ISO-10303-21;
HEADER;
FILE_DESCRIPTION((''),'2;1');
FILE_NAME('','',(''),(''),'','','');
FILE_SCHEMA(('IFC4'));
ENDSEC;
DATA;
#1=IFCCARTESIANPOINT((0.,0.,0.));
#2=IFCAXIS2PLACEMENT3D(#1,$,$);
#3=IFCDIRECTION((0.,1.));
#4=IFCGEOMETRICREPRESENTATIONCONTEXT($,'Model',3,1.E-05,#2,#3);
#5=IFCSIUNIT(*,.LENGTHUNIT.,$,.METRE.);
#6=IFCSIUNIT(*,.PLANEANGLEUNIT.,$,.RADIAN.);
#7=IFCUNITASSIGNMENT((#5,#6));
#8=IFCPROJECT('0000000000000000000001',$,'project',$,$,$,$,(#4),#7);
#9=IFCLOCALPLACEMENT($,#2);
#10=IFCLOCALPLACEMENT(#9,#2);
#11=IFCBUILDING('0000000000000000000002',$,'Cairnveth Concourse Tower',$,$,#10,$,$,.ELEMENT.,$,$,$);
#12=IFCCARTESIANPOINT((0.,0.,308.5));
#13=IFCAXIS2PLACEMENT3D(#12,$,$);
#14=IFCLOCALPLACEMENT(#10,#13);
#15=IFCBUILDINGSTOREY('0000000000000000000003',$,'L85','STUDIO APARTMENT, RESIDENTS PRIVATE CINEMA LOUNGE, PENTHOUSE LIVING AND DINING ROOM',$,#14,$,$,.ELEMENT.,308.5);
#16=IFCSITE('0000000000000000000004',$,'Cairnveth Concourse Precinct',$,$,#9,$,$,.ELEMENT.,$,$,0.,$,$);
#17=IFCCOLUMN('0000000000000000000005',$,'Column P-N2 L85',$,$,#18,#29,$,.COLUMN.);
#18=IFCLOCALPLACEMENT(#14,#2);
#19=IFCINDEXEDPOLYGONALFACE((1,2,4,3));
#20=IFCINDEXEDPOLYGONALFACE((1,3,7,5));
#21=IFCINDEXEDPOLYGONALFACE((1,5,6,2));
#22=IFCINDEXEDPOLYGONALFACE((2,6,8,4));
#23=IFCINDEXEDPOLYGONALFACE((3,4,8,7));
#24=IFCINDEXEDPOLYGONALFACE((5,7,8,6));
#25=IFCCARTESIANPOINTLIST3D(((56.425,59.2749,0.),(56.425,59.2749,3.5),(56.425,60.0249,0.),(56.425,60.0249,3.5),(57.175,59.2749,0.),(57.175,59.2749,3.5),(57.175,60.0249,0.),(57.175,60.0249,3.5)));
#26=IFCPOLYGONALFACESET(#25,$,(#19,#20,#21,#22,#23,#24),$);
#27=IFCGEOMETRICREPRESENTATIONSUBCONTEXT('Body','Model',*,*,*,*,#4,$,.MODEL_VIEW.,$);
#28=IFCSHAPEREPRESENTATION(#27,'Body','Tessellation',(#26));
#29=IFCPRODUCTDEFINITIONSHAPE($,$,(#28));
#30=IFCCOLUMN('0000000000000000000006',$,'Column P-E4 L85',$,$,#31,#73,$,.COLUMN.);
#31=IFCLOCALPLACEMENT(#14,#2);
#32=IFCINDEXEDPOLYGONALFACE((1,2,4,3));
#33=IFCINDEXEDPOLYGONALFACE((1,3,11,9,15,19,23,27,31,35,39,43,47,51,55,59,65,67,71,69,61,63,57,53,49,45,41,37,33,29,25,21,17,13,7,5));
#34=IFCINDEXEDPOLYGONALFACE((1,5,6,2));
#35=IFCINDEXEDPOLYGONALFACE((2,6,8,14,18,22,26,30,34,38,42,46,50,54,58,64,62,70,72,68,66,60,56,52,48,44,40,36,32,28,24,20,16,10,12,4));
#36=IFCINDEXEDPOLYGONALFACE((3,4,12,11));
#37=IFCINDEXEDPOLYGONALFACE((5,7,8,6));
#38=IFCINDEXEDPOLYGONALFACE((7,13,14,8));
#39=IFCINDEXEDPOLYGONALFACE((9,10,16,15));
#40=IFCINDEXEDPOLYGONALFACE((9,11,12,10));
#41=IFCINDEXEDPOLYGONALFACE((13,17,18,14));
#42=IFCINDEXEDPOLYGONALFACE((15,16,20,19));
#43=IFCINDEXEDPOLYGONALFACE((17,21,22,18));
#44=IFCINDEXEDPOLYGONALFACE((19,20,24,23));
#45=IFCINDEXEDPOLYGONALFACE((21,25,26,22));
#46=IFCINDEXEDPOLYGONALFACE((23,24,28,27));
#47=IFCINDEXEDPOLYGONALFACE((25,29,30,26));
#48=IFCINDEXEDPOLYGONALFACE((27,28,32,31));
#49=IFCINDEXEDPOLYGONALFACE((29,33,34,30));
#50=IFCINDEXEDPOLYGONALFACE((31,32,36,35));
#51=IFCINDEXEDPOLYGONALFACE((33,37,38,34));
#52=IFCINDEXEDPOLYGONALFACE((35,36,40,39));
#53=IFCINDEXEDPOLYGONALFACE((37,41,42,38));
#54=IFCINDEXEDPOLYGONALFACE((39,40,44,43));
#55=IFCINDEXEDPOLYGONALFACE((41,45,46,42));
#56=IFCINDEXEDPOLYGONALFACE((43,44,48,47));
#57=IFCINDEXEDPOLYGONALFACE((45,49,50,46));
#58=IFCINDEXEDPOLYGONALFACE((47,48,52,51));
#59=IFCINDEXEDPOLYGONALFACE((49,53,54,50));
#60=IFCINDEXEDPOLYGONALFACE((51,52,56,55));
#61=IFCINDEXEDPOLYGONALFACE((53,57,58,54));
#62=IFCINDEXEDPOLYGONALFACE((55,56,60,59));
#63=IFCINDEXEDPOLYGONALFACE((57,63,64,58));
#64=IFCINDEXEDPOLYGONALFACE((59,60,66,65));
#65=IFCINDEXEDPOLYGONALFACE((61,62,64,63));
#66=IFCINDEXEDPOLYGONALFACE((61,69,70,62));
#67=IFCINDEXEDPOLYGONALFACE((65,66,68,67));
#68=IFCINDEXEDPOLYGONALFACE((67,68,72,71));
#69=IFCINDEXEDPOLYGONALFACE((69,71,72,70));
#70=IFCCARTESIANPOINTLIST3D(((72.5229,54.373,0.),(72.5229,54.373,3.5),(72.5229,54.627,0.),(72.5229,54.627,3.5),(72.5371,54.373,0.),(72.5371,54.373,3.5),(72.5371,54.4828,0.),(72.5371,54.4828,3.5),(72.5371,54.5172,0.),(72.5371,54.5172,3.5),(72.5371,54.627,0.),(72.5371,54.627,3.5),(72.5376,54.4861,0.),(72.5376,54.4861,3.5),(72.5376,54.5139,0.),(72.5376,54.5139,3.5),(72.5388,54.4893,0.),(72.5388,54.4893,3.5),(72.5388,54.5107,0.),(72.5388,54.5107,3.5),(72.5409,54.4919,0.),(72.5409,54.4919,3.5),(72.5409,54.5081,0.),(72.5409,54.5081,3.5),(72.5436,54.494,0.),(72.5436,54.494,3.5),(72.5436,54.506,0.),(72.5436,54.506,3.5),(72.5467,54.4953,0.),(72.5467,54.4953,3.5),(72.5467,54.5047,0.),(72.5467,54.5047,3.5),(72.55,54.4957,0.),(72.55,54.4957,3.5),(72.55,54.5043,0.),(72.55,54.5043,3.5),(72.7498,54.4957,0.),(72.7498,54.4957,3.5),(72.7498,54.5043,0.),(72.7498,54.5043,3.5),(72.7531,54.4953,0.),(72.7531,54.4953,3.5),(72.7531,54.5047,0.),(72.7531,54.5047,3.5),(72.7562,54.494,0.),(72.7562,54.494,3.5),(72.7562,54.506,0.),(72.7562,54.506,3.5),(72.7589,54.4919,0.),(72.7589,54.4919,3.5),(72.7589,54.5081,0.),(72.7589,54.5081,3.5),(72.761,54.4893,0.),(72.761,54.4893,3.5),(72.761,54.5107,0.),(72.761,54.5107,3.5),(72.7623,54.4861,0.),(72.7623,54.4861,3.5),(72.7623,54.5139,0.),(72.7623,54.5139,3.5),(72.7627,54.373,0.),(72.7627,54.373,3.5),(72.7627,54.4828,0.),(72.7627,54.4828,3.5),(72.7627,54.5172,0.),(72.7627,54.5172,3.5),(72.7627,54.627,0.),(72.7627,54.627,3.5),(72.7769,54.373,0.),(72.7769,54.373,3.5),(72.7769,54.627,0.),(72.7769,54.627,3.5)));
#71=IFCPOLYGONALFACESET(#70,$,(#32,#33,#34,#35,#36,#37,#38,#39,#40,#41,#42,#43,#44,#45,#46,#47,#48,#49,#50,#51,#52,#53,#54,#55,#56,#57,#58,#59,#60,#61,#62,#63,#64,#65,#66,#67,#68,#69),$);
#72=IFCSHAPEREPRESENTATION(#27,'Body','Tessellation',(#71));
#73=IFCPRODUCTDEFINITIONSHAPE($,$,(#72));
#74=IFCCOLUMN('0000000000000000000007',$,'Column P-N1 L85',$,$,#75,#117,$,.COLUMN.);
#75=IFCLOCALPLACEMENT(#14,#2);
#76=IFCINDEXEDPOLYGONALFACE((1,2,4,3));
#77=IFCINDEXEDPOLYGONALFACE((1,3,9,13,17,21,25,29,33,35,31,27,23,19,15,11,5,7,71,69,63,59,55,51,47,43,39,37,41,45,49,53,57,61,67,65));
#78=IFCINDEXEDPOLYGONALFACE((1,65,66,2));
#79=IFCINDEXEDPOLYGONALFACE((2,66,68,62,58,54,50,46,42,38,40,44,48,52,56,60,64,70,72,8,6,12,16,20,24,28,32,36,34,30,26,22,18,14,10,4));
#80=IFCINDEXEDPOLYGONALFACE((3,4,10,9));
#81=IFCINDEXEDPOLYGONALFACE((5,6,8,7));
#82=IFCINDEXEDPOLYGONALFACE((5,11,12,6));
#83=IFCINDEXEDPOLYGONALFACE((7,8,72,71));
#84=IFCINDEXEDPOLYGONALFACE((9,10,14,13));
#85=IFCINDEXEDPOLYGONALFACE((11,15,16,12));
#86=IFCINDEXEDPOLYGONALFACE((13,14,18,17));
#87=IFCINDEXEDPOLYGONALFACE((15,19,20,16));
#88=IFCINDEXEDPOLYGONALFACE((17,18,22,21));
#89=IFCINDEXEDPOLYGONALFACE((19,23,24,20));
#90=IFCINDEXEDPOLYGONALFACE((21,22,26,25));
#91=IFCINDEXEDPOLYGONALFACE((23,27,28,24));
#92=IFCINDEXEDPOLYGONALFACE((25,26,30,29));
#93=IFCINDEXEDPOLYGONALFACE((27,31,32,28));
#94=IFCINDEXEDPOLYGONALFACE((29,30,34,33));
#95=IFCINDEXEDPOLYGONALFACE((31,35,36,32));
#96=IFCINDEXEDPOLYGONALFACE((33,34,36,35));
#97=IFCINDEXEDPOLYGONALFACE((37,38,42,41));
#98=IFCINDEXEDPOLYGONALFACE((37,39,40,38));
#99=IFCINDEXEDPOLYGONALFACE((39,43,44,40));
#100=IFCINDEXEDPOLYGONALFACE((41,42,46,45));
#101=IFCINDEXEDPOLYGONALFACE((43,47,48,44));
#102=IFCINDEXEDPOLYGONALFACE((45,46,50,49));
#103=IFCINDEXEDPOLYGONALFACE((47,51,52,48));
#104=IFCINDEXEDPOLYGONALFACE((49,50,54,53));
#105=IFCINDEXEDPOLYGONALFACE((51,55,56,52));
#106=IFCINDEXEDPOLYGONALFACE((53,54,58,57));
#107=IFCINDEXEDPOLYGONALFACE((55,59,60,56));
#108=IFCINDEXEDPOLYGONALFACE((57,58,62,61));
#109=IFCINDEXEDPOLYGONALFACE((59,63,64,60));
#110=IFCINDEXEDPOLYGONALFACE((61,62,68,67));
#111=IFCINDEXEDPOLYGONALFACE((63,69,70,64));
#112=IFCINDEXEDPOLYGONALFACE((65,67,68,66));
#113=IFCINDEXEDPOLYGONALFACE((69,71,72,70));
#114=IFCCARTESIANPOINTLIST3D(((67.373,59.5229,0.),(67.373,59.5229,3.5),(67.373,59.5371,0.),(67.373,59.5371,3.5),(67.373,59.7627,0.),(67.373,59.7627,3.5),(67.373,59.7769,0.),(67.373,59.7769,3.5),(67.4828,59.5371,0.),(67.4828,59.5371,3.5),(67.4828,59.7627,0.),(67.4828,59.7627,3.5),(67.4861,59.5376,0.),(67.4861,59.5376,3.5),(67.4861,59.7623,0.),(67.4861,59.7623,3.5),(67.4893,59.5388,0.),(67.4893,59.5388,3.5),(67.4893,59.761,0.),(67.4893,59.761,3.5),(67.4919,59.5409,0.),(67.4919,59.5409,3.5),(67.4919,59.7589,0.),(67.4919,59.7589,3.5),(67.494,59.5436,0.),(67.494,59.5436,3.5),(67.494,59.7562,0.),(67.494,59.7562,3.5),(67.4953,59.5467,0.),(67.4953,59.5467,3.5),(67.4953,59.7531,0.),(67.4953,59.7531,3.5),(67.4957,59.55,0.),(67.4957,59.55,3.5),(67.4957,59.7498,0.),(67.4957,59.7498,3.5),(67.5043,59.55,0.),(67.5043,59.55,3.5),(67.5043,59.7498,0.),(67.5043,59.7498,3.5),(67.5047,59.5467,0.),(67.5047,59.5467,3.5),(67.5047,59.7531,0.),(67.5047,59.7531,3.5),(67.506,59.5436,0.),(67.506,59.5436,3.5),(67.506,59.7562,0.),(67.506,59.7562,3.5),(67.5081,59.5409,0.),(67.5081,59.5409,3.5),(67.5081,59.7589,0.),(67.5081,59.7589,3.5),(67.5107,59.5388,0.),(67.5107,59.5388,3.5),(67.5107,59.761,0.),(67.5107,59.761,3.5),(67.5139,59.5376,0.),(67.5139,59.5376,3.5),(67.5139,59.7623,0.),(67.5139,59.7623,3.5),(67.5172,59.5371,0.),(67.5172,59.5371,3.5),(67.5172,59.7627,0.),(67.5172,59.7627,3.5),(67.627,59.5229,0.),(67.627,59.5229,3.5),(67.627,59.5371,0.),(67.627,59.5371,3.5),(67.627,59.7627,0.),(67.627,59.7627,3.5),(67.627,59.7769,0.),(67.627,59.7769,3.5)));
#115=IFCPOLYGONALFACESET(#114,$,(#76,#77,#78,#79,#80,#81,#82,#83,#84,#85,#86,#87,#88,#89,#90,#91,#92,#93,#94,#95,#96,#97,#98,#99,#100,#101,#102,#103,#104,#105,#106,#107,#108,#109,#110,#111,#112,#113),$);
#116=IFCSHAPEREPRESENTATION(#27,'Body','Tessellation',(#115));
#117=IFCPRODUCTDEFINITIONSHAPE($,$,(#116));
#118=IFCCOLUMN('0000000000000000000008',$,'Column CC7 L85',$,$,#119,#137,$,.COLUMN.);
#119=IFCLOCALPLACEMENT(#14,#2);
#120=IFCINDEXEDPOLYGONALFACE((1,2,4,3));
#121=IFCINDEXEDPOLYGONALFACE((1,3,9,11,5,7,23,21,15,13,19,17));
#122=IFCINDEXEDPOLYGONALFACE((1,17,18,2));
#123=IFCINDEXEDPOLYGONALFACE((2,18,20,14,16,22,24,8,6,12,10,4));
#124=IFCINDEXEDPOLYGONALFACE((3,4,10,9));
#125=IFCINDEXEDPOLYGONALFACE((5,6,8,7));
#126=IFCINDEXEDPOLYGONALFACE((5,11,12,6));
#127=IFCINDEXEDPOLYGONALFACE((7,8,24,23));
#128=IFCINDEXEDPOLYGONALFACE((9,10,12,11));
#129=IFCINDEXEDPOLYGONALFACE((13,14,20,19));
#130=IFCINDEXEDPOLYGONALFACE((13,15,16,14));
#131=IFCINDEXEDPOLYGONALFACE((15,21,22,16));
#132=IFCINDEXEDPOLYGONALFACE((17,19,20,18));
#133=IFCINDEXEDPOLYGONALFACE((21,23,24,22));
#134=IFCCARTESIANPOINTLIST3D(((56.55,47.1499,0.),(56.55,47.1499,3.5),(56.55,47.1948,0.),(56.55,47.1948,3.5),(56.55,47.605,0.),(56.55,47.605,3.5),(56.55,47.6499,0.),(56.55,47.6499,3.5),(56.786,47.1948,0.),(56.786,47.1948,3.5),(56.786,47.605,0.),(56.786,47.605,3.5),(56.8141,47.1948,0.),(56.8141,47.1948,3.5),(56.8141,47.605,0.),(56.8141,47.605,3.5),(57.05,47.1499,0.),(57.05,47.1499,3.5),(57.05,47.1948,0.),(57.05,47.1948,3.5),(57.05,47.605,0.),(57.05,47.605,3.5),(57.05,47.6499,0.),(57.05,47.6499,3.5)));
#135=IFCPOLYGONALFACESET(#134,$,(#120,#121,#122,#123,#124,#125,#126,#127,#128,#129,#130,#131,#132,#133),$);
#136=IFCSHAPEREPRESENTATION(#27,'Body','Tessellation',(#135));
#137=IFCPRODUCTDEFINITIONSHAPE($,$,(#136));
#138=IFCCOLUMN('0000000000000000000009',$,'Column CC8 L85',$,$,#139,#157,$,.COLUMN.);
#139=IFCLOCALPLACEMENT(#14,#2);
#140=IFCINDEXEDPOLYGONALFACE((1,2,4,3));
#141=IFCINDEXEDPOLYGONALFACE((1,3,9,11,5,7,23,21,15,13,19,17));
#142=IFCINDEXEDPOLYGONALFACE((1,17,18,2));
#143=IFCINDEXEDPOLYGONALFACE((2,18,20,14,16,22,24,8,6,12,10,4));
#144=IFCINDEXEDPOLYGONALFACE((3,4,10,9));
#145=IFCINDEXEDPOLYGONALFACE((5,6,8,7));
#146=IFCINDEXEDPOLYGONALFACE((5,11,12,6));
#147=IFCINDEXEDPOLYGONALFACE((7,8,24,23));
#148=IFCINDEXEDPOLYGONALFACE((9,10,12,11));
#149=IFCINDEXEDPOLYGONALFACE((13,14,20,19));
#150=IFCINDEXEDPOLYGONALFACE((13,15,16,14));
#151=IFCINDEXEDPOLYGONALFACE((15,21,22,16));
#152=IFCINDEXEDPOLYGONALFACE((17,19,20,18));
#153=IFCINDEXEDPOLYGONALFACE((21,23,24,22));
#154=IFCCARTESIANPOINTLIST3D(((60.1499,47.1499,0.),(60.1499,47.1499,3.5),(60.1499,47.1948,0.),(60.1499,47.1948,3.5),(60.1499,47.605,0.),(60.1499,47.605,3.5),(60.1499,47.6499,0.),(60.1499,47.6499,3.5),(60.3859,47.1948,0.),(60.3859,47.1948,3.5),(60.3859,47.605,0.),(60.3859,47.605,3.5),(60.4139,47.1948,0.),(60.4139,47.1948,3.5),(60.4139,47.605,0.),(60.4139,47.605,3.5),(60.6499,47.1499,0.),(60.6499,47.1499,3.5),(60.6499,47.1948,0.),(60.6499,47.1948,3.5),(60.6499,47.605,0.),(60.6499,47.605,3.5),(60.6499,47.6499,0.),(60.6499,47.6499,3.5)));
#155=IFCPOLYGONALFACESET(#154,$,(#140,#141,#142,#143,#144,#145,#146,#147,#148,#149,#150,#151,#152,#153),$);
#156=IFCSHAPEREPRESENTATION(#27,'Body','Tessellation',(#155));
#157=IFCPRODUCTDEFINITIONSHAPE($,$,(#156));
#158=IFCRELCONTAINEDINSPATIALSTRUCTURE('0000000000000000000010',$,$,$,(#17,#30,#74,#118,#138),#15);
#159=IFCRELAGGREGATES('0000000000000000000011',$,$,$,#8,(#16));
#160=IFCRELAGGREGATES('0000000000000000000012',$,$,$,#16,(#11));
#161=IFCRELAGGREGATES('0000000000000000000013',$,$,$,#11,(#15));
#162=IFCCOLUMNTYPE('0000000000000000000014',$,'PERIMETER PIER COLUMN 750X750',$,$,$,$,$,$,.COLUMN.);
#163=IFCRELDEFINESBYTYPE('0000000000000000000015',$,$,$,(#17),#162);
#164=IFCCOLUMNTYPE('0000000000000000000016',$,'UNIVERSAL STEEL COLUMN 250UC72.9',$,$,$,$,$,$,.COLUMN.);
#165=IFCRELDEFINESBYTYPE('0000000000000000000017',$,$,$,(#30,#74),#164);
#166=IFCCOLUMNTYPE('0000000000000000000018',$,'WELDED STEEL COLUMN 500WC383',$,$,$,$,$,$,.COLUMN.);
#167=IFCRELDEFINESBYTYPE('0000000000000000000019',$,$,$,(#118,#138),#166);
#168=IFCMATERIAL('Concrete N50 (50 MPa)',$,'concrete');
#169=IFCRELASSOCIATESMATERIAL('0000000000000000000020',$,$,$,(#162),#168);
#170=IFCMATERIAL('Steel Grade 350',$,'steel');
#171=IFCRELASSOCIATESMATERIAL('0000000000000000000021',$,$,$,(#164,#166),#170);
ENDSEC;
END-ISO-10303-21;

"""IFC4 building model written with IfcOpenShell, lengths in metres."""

from ifc_helpers import new_model, si_unit, direction, frame, origin, origin_2d, place, context, subcontext, project, spatial, rectangle, i_section, extrude, material, material_profile, profile_set, type_object, element, save


model = new_model("IFC4")

# Units and contexts
model_context = context("Model", 3, precision=1e-05, world=origin(), true_north=direction((0.0, 1.0)))
body_context = subcontext(model_context, "Body", "Model", "MODEL_VIEW")
ifc_project = project(units=[si_unit("LENGTHUNIT", "METRE"), si_unit("PLANEANGLEUNIT", "RADIAN")], contexts=[model_context])

# Site, building, storey
site_placement = place(None, origin())
site = spatial("IfcSite", under=ifc_project, at=site_placement, Name="Cairnveth Concourse Precinct", CompositionType="ELEMENT", RefElevation=0.0)
building_placement = place(site_placement, origin())
building = spatial("IfcBuilding", under=site, at=building_placement, Name="Cairnveth Concourse Tower", CompositionType="ELEMENT")
storey_placement = place(building_placement, frame((0.0, 0.0, 308.5)))
storey = spatial("IfcBuildingStorey", under=building, at=storey_placement, Name="L85", Description="STUDIO APARTMENT, RESIDENTS PRIVATE CINEMA LOUNGE, PENTHOUSE LIVING AND DINING ROOM", CompositionType="ELEMENT", Elevation=308.5)

# Columns
ifc_material_1 = material(Name="Concrete N50 (50 MPa)", Category="concrete")
ifc_material_profile_1 = material_profile(ifc_material_1, rectangle(XDim=0.75, YDim=0.75, at=origin_2d()), Name="RC-COL-750x750")
ifc_profile_set_1 = profile_set([ifc_material_profile_1], Name="Concrete N50 (50 MPa)")
column_type_1 = type_object("IfcColumnType", Name="PERIMETER PIER COLUMN 750X750", PredefinedType="COLUMN", material=ifc_profile_set_1)
column_placement = place(storey_placement, frame((56.8, 59.6499, 0.0), z_axis=(0.0, 0.0, 1.0), x_axis=(1.0, 0.0, 0.0)))
element("IfcColumn", 1, at=column_placement, inside=storey, type_object=column_type_1, Name="Column P-N2 L85", PredefinedType="COLUMN", context=body_context, shape_type="SweptSolid", body=[
    extrude(rectangle(XDim=0.75, YDim=0.75, at=origin_2d()), origin(), (0.0, 0.0, 1.0), 3.5),
])
ifc_material_2 = material(Name="Steel Grade 350", Category="steel")
ifc_material_profile_2 = material_profile(ifc_material_2, i_section(OverallWidth=0.2539, OverallDepth=0.2539, WebThickness=0.0085, FlangeThickness=0.0142, FilletRadius=0.0129, at=origin_2d()), Name="250UC72.9")
ifc_profile_set_2 = profile_set([ifc_material_profile_2], Name="Steel Grade 350")
column_type_2 = type_object("IfcColumnType", Name="UNIVERSAL STEEL COLUMN 250UC72.9", PredefinedType="COLUMN", material=ifc_profile_set_2)
for number, where, z_axis, x_axis, name in (
    (2, (72.6499, 54.5, 0.0), (0.0, 0.0, 1.0), (0.0, 1.0, 0.0), "Column P-E4 L85"),
    (3, (67.5, 59.6499, 0.0), (0.0, 0.0, 1.0), (1.0, 0.0, 0.0), "Column P-N1 L85"),
):
    element("IfcColumn", number, at=place(storey_placement, frame(where, z_axis=z_axis, x_axis=x_axis)), inside=storey, type_object=column_type_2, Name=name, PredefinedType="COLUMN", context=body_context, shape_type="SweptSolid", body=[
        extrude(i_section(OverallWidth=0.2539, OverallDepth=0.2539, WebThickness=0.0085, FlangeThickness=0.0142, FilletRadius=0.0129, at=origin_2d()), origin(), (0.0, 0.0, 1.0), 3.5),
    ])
ifc_material_profile_3 = material_profile(ifc_material_2, i_section(OverallWidth=0.5, OverallDepth=0.5, WebThickness=0.0281, FlangeThickness=0.0449, at=origin_2d()), Name="500WC383")
ifc_profile_set_3 = profile_set([ifc_material_profile_3], Name="Steel Grade 350")
column_type_3 = type_object("IfcColumnType", Name="WELDED STEEL COLUMN 500WC383", PredefinedType="COLUMN", material=ifc_profile_set_3)
for number, where, z_axis, x_axis, name in (
    (4, (56.8, 47.3999, 0.0), (0.0, 0.0, 1.0), (1.0, 0.0, 0.0), "Column CC7 L85"),
    (5, (60.3999, 47.3999, 0.0), (0.0, 0.0, 1.0), (1.0, 0.0, 0.0), "Column CC8 L85"),
):
    element("IfcColumn", number, at=place(storey_placement, frame(where, z_axis=z_axis, x_axis=x_axis)), inside=storey, type_object=column_type_3, Name=name, PredefinedType="COLUMN", context=body_context, shape_type="SweptSolid", body=[
        extrude(i_section(OverallWidth=0.5, OverallDepth=0.5, WebThickness=0.0281, FlangeThickness=0.0449, at=origin_2d()), origin(), (0.0, 0.0, 1.0), 3.5),
    ])

save(model, "model.ifc")
